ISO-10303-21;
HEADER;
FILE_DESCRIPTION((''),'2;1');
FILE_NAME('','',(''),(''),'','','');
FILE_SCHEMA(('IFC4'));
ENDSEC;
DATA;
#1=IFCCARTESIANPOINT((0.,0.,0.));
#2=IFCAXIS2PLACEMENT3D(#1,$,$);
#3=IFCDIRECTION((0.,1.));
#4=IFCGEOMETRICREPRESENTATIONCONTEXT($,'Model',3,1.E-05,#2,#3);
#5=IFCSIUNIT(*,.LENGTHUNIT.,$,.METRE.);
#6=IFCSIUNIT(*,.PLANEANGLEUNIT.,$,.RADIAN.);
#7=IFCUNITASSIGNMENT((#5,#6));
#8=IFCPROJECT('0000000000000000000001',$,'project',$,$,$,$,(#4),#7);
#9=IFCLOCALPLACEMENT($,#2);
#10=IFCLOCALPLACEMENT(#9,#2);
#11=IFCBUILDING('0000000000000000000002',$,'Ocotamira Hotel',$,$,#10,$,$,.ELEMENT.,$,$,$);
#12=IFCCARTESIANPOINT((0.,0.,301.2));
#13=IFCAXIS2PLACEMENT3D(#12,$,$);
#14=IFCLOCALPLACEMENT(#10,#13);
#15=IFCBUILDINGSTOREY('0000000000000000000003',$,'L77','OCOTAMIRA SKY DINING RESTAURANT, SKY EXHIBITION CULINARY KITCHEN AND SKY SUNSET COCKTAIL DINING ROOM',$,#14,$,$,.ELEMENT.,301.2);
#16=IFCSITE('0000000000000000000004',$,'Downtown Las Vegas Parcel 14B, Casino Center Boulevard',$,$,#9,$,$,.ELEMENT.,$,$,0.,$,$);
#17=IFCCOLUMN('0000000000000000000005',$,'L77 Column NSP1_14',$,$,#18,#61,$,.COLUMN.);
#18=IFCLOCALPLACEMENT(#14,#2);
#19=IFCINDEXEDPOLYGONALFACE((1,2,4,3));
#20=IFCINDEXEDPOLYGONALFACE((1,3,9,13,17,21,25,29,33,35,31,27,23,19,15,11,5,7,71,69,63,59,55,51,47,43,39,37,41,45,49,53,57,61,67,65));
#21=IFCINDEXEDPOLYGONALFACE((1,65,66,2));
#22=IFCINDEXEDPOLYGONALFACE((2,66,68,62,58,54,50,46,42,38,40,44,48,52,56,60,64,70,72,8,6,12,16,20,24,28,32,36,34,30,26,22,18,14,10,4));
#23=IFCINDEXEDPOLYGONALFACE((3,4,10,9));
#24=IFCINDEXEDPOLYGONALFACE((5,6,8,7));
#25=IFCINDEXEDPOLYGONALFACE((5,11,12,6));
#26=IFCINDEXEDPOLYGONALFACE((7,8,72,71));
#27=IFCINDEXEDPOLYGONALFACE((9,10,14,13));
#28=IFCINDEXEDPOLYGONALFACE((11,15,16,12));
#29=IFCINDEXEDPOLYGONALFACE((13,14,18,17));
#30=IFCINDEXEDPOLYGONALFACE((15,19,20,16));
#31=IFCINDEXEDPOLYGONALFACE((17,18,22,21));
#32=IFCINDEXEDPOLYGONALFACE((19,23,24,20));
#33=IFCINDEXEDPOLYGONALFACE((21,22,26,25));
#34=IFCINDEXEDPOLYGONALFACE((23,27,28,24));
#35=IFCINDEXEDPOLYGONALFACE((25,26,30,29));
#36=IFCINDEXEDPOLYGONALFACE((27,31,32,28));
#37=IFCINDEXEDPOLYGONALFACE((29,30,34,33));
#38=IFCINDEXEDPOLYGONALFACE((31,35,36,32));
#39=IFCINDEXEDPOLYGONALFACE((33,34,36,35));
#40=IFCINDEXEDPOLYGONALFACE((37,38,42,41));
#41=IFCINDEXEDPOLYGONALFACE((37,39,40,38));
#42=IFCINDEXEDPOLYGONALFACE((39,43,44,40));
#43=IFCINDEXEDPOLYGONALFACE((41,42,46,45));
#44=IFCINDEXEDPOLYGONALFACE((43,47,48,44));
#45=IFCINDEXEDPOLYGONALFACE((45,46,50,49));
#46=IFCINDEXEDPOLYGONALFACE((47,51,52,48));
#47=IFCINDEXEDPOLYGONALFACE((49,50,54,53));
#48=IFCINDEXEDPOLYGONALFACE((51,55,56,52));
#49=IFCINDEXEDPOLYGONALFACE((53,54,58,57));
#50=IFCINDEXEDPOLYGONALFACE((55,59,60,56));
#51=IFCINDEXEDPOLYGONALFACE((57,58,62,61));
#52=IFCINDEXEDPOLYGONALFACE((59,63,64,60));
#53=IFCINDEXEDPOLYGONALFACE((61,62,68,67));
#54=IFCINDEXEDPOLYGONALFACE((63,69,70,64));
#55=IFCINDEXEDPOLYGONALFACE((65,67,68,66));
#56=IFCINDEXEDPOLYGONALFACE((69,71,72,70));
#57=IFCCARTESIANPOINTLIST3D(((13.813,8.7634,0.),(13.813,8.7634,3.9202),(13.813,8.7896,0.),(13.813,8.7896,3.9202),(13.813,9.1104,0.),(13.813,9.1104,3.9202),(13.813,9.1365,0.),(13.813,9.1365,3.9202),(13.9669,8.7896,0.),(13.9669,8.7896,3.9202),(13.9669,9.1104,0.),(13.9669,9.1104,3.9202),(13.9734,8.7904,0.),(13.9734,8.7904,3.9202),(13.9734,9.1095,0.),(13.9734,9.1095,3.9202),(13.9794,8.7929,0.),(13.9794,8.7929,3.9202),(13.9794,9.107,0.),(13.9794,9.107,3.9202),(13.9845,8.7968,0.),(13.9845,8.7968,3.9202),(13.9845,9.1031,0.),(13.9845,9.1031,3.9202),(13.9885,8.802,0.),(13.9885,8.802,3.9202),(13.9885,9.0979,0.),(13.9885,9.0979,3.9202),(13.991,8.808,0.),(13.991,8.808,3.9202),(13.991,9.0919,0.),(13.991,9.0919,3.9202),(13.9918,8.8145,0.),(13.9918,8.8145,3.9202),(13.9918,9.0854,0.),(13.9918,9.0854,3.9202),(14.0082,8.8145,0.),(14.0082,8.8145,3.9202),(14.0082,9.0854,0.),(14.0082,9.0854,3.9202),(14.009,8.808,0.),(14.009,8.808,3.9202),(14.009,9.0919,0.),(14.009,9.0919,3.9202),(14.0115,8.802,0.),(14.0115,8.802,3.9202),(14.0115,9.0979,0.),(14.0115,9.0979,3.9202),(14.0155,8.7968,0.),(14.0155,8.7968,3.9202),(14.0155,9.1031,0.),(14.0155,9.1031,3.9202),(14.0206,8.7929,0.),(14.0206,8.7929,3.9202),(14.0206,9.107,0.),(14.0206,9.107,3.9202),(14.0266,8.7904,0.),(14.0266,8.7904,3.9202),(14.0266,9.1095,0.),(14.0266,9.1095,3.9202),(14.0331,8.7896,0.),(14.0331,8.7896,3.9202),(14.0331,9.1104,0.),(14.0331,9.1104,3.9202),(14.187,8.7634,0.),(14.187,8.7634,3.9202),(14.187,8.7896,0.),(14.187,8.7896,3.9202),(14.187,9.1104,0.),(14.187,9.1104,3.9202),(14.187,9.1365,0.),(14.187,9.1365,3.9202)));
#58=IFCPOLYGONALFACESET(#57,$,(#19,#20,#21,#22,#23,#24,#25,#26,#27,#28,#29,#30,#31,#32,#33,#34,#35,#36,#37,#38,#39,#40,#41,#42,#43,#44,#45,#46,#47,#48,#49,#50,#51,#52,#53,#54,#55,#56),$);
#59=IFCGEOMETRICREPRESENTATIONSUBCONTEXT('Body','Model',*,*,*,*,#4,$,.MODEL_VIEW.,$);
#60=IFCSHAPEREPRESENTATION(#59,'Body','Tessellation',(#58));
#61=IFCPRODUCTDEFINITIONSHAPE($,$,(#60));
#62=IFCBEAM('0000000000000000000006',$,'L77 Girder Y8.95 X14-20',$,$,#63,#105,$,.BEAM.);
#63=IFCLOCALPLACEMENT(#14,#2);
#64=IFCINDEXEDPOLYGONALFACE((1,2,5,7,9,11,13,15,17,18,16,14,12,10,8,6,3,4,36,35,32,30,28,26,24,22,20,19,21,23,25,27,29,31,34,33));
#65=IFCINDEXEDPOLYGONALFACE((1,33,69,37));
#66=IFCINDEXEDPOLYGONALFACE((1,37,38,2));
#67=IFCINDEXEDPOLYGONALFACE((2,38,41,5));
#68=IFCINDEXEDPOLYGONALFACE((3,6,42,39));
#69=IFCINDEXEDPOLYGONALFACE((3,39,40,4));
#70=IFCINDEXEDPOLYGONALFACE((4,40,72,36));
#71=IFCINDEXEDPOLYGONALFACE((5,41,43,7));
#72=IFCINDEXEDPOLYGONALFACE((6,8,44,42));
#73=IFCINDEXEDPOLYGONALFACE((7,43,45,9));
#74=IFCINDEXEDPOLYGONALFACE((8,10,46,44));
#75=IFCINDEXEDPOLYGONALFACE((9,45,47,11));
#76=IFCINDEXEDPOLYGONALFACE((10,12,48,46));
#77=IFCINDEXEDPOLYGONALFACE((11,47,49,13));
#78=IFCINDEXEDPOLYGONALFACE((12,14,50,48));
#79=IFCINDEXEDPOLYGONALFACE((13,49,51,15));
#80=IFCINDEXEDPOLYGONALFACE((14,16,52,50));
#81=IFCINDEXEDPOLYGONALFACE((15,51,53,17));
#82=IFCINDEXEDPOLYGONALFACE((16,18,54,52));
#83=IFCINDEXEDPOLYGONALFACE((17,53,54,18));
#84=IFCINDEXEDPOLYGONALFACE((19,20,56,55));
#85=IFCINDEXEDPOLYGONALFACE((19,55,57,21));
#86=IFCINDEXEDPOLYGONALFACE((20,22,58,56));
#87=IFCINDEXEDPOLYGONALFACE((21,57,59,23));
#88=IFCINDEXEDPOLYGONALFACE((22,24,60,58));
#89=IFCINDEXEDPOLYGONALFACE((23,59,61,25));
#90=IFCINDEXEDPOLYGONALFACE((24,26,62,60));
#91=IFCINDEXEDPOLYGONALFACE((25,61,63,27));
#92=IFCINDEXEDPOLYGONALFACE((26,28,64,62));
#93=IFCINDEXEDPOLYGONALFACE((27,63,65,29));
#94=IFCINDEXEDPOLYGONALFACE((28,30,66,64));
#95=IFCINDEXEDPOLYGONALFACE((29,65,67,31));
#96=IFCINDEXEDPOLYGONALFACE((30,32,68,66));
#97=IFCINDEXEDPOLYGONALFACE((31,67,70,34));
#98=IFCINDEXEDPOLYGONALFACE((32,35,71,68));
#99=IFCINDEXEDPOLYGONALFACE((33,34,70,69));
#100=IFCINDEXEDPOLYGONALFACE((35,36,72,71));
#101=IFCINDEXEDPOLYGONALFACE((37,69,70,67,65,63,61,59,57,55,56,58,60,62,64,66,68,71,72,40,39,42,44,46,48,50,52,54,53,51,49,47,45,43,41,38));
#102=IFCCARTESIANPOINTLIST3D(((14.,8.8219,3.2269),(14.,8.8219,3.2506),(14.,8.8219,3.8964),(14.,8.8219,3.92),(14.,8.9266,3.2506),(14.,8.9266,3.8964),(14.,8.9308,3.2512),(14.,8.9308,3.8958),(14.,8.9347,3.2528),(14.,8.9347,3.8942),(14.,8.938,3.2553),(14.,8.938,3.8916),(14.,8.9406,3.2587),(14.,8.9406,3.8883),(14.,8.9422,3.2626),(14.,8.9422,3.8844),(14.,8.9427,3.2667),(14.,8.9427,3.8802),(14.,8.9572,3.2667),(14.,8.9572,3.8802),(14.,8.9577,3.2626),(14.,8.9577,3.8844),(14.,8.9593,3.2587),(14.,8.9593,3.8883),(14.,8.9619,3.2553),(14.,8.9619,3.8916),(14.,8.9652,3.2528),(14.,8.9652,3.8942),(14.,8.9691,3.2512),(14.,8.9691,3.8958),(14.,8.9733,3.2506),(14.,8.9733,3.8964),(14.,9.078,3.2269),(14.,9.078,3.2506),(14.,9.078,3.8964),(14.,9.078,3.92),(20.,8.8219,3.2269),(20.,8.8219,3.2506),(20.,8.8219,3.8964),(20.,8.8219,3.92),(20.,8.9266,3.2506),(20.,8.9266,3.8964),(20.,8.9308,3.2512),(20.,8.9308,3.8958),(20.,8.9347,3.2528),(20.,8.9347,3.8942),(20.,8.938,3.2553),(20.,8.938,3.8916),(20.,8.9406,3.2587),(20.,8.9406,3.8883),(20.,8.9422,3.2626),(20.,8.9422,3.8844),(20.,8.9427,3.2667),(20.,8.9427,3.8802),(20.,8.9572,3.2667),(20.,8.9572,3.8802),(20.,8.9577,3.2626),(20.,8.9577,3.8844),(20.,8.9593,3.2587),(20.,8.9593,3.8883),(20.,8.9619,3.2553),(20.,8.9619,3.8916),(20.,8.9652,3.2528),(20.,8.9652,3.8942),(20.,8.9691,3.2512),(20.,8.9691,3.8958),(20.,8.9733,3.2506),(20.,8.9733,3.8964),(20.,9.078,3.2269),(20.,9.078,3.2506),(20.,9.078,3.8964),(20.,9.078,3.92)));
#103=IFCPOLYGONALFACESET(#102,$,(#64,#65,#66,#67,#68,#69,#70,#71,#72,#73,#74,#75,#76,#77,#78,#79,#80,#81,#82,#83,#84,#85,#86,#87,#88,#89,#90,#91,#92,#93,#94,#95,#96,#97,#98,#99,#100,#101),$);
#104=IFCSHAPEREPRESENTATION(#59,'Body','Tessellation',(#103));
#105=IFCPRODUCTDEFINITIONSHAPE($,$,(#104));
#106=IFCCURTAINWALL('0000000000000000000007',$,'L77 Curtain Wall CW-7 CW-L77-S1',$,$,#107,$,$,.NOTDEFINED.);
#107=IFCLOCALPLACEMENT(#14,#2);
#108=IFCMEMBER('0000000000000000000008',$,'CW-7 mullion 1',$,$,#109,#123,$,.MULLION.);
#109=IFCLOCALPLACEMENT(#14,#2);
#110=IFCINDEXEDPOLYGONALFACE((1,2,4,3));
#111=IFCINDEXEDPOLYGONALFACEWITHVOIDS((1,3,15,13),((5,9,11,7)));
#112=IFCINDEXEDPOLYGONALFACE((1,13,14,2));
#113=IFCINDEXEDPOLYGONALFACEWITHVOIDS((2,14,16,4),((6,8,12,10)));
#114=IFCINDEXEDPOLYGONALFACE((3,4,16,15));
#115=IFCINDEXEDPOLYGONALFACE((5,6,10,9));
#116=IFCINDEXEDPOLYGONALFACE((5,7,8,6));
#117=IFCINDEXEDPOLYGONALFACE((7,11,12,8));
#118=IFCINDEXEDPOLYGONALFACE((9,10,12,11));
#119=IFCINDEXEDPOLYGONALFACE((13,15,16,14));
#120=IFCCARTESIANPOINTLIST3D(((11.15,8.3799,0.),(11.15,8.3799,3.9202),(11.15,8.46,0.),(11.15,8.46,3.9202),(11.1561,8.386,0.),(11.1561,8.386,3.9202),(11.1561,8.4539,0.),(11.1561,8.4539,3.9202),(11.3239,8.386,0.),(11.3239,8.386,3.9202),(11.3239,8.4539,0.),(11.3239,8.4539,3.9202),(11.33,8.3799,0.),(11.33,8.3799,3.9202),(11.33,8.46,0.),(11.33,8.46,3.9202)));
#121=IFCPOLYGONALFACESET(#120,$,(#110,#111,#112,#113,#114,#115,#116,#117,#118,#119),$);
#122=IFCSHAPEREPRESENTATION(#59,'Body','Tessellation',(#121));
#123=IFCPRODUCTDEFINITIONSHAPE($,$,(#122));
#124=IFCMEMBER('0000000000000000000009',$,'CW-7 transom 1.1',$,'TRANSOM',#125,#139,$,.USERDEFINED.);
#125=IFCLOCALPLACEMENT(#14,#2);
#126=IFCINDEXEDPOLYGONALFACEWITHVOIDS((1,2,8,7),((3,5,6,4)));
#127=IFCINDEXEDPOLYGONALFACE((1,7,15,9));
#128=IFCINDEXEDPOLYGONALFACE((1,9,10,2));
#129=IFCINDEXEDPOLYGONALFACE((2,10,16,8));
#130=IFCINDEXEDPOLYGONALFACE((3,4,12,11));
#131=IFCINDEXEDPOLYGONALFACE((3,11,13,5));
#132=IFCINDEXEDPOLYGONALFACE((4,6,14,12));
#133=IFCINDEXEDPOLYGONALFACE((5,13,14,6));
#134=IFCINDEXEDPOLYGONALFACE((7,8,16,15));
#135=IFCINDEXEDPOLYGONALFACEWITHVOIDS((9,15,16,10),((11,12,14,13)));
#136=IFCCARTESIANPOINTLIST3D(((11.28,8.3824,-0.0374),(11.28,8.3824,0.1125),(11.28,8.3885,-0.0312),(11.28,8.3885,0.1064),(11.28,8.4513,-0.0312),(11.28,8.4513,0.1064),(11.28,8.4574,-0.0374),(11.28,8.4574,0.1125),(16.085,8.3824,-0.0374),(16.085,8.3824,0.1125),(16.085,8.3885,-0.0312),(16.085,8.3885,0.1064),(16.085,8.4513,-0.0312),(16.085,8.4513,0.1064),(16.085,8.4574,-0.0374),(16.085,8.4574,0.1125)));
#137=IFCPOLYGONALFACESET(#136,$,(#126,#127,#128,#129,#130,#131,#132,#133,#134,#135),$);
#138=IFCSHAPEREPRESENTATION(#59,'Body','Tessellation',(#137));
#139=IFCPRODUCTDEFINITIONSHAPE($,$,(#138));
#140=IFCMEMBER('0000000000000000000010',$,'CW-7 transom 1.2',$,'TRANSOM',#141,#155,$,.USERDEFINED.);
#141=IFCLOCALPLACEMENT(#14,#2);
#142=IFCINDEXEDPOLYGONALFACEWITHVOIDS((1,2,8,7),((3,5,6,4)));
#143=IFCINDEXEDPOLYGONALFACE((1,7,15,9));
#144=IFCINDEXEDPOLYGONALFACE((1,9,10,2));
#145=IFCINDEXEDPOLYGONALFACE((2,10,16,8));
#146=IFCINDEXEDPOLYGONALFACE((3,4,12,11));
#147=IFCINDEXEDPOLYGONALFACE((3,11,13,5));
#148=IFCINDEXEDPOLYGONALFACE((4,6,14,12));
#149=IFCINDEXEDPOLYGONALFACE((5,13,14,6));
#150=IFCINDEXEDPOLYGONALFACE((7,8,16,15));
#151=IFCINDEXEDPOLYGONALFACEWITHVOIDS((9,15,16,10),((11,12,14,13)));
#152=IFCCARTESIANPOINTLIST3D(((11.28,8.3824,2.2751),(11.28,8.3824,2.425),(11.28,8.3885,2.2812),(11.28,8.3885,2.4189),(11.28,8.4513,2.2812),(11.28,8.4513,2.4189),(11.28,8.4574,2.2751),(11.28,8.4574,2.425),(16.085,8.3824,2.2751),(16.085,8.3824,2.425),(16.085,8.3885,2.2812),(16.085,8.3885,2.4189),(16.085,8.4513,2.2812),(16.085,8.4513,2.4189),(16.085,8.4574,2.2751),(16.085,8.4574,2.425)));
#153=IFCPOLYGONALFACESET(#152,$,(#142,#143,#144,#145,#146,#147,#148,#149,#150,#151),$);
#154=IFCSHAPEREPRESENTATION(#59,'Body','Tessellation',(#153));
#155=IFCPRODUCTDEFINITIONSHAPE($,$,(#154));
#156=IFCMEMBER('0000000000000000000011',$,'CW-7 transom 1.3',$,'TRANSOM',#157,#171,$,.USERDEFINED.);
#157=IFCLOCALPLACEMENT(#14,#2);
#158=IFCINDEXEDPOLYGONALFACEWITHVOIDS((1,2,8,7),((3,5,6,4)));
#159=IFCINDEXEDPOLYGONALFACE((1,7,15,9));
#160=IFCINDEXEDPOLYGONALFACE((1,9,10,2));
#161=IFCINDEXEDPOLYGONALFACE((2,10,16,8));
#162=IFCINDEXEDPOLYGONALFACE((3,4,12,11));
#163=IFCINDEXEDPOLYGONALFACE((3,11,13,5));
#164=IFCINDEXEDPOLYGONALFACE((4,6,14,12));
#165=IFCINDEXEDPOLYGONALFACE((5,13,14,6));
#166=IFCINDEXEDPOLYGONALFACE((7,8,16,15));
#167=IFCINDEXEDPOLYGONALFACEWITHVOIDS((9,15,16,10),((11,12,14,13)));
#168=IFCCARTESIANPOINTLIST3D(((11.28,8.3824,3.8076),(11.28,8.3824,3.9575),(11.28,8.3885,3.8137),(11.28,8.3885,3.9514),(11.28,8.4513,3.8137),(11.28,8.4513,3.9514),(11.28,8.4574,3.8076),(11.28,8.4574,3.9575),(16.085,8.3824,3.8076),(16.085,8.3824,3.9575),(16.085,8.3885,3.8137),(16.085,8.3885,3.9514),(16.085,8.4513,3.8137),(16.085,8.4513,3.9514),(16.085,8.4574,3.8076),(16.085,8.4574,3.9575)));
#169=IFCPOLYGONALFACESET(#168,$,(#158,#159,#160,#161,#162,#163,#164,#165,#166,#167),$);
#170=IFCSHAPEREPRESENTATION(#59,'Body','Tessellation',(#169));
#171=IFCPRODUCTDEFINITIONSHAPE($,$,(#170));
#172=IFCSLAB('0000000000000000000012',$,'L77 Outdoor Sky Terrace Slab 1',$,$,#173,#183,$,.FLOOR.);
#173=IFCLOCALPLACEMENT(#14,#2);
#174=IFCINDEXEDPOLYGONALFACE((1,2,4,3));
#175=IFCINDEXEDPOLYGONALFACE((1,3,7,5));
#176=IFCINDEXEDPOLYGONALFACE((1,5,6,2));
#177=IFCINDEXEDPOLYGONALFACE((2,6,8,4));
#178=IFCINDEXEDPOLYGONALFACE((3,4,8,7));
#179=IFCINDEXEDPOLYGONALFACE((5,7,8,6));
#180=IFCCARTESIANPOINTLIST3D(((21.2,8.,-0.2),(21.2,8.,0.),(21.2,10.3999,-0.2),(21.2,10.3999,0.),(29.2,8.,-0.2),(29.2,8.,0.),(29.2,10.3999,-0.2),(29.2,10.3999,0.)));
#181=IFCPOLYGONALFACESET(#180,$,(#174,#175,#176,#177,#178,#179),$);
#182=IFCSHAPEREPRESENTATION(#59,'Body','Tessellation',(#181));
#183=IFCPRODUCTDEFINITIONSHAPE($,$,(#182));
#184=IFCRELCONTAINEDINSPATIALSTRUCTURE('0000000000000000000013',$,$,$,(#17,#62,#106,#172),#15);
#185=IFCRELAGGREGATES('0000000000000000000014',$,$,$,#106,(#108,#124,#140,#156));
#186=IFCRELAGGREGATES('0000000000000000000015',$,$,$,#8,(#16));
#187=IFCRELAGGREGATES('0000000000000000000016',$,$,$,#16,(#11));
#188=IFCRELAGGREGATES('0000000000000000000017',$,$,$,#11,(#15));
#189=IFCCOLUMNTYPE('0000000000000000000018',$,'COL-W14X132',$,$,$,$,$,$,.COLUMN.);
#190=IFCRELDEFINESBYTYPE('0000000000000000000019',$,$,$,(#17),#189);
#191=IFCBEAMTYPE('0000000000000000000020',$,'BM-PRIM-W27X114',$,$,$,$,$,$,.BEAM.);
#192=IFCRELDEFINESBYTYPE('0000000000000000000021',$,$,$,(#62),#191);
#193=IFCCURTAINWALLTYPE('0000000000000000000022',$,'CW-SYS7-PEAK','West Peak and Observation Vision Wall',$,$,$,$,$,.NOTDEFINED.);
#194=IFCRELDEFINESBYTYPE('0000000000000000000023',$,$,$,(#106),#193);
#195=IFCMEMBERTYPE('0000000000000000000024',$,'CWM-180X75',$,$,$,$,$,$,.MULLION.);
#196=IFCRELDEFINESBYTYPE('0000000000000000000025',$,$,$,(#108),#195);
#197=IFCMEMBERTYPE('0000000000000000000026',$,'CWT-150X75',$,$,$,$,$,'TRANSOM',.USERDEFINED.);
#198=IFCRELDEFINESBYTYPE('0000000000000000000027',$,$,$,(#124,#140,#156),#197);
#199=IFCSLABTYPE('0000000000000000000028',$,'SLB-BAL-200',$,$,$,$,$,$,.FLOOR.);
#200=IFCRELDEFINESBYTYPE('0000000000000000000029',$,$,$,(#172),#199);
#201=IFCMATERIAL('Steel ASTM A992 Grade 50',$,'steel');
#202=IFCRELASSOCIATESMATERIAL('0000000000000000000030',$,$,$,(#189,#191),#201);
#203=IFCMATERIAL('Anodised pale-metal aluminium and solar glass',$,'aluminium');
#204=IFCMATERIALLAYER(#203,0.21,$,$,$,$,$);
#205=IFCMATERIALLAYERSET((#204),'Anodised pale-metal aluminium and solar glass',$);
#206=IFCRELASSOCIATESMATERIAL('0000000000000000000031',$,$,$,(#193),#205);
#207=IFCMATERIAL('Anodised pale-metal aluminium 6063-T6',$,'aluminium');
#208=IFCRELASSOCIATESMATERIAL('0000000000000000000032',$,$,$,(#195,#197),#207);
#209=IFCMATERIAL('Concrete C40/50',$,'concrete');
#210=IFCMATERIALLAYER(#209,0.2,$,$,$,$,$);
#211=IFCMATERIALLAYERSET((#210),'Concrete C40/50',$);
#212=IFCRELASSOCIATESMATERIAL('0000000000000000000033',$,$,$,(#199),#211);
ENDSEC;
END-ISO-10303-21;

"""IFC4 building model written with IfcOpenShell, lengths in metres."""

from ifc_helpers import new_model, si_unit, direction, frame, origin, origin_2d, place, context, subcontext, project, spatial, polyline, hollow_rectangle, i_section, outline, extrude, source, transform, mapped, material, layer, layer_set, material_profile, profile_set, type_object, element, aggregate, save


model = new_model("IFC4")

# Units and contexts
model_context = context("Model", 3, precision=1e-05, world=origin(), true_north=direction((0.0, 1.0)))
body_context = subcontext(model_context, "Body", "Model", "MODEL_VIEW")
ifc_project = project(units=[si_unit("LENGTHUNIT", "METRE"), si_unit("PLANEANGLEUNIT", "RADIAN")], contexts=[model_context])

# Site, building, storey
site_placement = place(None, origin())
site = spatial("IfcSite", under=ifc_project, at=site_placement, Name="Downtown Las Vegas Parcel 14B, Casino Center Boulevard", CompositionType="ELEMENT", RefElevation=0.0)
building_placement = place(site_placement, origin())
building = spatial("IfcBuilding", under=site, at=building_placement, Name="Ocotamira Hotel", CompositionType="ELEMENT")
storey_placement = place(building_placement, frame((0.0, 0.0, 301.2)))
storey = spatial("IfcBuildingStorey", under=building, at=storey_placement, Name="L77", Description="OCOTAMIRA SKY DINING RESTAURANT, SKY EXHIBITION CULINARY KITCHEN AND SKY SUNSET COCKTAIL DINING ROOM", CompositionType="ELEMENT", Elevation=301.2)

# Column
ifc_material_1 = material(Name="Steel ASTM A992 Grade 50", Category="steel")
ifc_material_profile_1 = material_profile(ifc_material_1, i_section(OverallWidth=0.374, OverallDepth=0.373, WebThickness=0.0164, FlangeThickness=0.0261, FilletRadius=0.0249, at=origin_2d()), Name="W14X132")
ifc_profile_set_1 = profile_set([ifc_material_profile_1], Name="Steel ASTM A992 Grade 50")
column_type = type_object("IfcColumnType", Name="COL-W14X132", PredefinedType="COLUMN", material=ifc_profile_set_1)
shared_shape_1 = source(origin(), body_context, "Body", "SweptSolid", [
    extrude(i_section(OverallWidth=0.374, OverallDepth=0.373, WebThickness=0.0164, FlangeThickness=0.0261, FilletRadius=0.0249, at=origin_2d()), origin(), (0.0, 0.0, 1.0), 3.9202),
])
column_placement = place(storey_placement, frame((14.0, 8.95, 0.0), z_axis=(0.0, 0.0, 1.0), x_axis=(1.0, 0.0, 0.0)))
element("IfcColumn", 1, at=column_placement, inside=storey, type_object=column_type, Name="L77 Column NSP1_14", PredefinedType="COLUMN", context=body_context, shape_type="MappedRepresentation", body=[
    mapped(shared_shape_1, transform((0.0, 0.0, 0.0), scale=1.0)),
])

# Beam
ifc_material_profile_2 = material_profile(ifc_material_1, i_section(OverallWidth=0.2561, OverallDepth=0.6931, WebThickness=0.0144, FlangeThickness=0.0237, FilletRadius=0.0161, at=origin_2d()), Name="W27X114")
ifc_profile_set_2 = profile_set([ifc_material_profile_2], Name="Steel ASTM A992 Grade 50")
beam_type = type_object("IfcBeamType", Name="BM-PRIM-W27X114", PredefinedType="BEAM", material=ifc_profile_set_2)
shared_shape_2 = source(origin(), body_context, "Body", "SweptSolid", [
    extrude(i_section(OverallWidth=0.2561, OverallDepth=0.6931, WebThickness=0.0144, FlangeThickness=0.0237, FilletRadius=0.0161, at=origin_2d()), origin(), (0.0, 0.0, 1.0), 6.0),
])
beam_placement = place(storey_placement, frame((14.0, 8.95, 3.5735), z_axis=(1.0, 0.0, 0.0), x_axis=(0.0, 1.0, 0.0)))
element("IfcBeam", 2, at=beam_placement, inside=storey, type_object=beam_type, Name="L77 Girder Y8.95 X14-20", PredefinedType="BEAM", context=body_context, shape_type="MappedRepresentation", body=[
    mapped(shared_shape_2, transform((0.0, 0.0, 0.0), scale=1.0)),
])

# Curtain wall, members
ifc_material_2 = material(Name="Anodised pale-metal aluminium and solar glass", Category="aluminium")
ifc_layer_1 = layer(ifc_material_2, 0.21)
ifc_layer_set_1 = layer_set([ifc_layer_1], Name="Anodised pale-metal aluminium and solar glass")
curtain_wall_type = type_object("IfcCurtainWallType", Name="CW-SYS7-PEAK", Description="West Peak and Observation Vision Wall", PredefinedType="NOTDEFINED", material=ifc_layer_set_1)
curtain_wall_placement = place(storey_placement, origin())
curtain_wall = element("IfcCurtainWall", 3, at=curtain_wall_placement, inside=storey, type_object=curtain_wall_type, Name="L77 Curtain Wall CW-7 CW-L77-S1", PredefinedType="NOTDEFINED")
ifc_material_3 = material(Name="Anodised pale-metal aluminium 6063-T6", Category="aluminium")
ifc_material_profile_3 = material_profile(ifc_material_3, hollow_rectangle(XDim=0.0801, YDim=0.1799, WallThickness=0.0061, at=origin_2d()), Name="HSS180X80X6")
ifc_profile_set_3 = profile_set([ifc_material_profile_3], Name="Anodised pale-metal aluminium 6063-T6")
member_type_1 = type_object("IfcMemberType", Name="CWM-180X75", PredefinedType="MULLION", material=ifc_profile_set_3)
shared_shape_3 = source(origin(), body_context, "Body", "SweptSolid", [
    extrude(hollow_rectangle(XDim=0.0801, YDim=0.1799, WallThickness=0.0061, at=origin_2d()), origin(), (0.0, 0.0, 1.0), 3.9202),
])
member_1_placement = place(storey_placement, frame((11.24, 8.4199, 0.0), z_axis=(0.0, 0.0, 1.0), x_axis=(0.0, 1.0, 0.0)))
member_1 = element("IfcMember", 4, at=member_1_placement, type_object=member_type_1, Name="CW-7 mullion 1", PredefinedType="MULLION", context=body_context, shape_type="MappedRepresentation", body=[
    mapped(shared_shape_3, transform((0.0, 0.0, 0.0), scale=1.0)),
])
ifc_material_profile_4 = material_profile(ifc_material_3, hollow_rectangle(XDim=0.075, YDim=0.1499, WallThickness=0.0061, at=origin_2d()), Name="HSS150X75X6")
ifc_profile_set_4 = profile_set([ifc_material_profile_4], Name="Anodised pale-metal aluminium 6063-T6")
member_type_2 = type_object("IfcMemberType", Name="CWT-150X75", ElementType="TRANSOM", PredefinedType="USERDEFINED", material=ifc_profile_set_4)
shared_shape_4 = source(origin(), body_context, "Body", "SweptSolid", [
    extrude(hollow_rectangle(XDim=0.075, YDim=0.1499, WallThickness=0.0061, at=origin_2d()), origin(), (0.0, 0.0, 1.0), 4.8049),
])
member_2_placement = place(storey_placement, frame((11.28, 8.4199, 0.0376), z_axis=(1.0, 0.0, 0.0), x_axis=(0.0, 1.0, 0.0)))
member_2 = element("IfcMember", 5, at=member_2_placement, type_object=member_type_2, Name="CW-7 transom 1.1", ObjectType="TRANSOM", PredefinedType="USERDEFINED", context=body_context, shape_type="MappedRepresentation", body=[
    mapped(shared_shape_4, transform((0.0, 0.0, 0.0), scale=1.0)),
])
member_3_placement = place(storey_placement, frame((11.28, 8.4199, 2.3501), z_axis=(1.0, 0.0, 0.0), x_axis=(0.0, 1.0, 0.0)))
member_3 = element("IfcMember", 6, at=member_3_placement, type_object=member_type_2, Name="CW-7 transom 1.2", ObjectType="TRANSOM", PredefinedType="USERDEFINED", context=body_context, shape_type="MappedRepresentation", body=[
    mapped(shared_shape_4, transform((0.0, 0.0, 0.0), scale=1.0)),
])
member_4_placement = place(storey_placement, frame((11.28, 8.4199, 3.8826), z_axis=(1.0, 0.0, 0.0), x_axis=(0.0, 1.0, 0.0)))
member_4 = element("IfcMember", 7, at=member_4_placement, type_object=member_type_2, Name="CW-7 transom 1.3", ObjectType="TRANSOM", PredefinedType="USERDEFINED", context=body_context, shape_type="MappedRepresentation", body=[
    mapped(shared_shape_4, transform((0.0, 0.0, 0.0), scale=1.0)),
])

# Slab
ifc_material_4 = material(Name="Concrete C40/50", Category="concrete")
ifc_layer_2 = layer(ifc_material_4, 0.2)
ifc_layer_set_2 = layer_set([ifc_layer_2], Name="Concrete C40/50")
slab_type_1 = type_object("IfcSlabType", Name="SLB-BAL-200", PredefinedType="FLOOR", material=ifc_layer_set_2)
slab_1_placement = place(storey_placement, frame((0.0, 0.0, -0.2)))
element("IfcSlab", 8, at=slab_1_placement, inside=storey, type_object=slab_type_1, Name="L77 Outdoor Sky Terrace Slab 1", PredefinedType="FLOOR", context=body_context, shape_type="SweptSolid", body=[
    extrude(outline(polyline([(21.2, 8.0), (29.2, 8.0), (29.2, 10.3999), (21.2, 10.3999), (21.2, 8.0)])), origin(), (0.0, 0.0, 1.0), 0.2),
])

aggregate(curtain_wall, [member_1, member_2, member_3, member_4])

save(model, "model.ifc")
